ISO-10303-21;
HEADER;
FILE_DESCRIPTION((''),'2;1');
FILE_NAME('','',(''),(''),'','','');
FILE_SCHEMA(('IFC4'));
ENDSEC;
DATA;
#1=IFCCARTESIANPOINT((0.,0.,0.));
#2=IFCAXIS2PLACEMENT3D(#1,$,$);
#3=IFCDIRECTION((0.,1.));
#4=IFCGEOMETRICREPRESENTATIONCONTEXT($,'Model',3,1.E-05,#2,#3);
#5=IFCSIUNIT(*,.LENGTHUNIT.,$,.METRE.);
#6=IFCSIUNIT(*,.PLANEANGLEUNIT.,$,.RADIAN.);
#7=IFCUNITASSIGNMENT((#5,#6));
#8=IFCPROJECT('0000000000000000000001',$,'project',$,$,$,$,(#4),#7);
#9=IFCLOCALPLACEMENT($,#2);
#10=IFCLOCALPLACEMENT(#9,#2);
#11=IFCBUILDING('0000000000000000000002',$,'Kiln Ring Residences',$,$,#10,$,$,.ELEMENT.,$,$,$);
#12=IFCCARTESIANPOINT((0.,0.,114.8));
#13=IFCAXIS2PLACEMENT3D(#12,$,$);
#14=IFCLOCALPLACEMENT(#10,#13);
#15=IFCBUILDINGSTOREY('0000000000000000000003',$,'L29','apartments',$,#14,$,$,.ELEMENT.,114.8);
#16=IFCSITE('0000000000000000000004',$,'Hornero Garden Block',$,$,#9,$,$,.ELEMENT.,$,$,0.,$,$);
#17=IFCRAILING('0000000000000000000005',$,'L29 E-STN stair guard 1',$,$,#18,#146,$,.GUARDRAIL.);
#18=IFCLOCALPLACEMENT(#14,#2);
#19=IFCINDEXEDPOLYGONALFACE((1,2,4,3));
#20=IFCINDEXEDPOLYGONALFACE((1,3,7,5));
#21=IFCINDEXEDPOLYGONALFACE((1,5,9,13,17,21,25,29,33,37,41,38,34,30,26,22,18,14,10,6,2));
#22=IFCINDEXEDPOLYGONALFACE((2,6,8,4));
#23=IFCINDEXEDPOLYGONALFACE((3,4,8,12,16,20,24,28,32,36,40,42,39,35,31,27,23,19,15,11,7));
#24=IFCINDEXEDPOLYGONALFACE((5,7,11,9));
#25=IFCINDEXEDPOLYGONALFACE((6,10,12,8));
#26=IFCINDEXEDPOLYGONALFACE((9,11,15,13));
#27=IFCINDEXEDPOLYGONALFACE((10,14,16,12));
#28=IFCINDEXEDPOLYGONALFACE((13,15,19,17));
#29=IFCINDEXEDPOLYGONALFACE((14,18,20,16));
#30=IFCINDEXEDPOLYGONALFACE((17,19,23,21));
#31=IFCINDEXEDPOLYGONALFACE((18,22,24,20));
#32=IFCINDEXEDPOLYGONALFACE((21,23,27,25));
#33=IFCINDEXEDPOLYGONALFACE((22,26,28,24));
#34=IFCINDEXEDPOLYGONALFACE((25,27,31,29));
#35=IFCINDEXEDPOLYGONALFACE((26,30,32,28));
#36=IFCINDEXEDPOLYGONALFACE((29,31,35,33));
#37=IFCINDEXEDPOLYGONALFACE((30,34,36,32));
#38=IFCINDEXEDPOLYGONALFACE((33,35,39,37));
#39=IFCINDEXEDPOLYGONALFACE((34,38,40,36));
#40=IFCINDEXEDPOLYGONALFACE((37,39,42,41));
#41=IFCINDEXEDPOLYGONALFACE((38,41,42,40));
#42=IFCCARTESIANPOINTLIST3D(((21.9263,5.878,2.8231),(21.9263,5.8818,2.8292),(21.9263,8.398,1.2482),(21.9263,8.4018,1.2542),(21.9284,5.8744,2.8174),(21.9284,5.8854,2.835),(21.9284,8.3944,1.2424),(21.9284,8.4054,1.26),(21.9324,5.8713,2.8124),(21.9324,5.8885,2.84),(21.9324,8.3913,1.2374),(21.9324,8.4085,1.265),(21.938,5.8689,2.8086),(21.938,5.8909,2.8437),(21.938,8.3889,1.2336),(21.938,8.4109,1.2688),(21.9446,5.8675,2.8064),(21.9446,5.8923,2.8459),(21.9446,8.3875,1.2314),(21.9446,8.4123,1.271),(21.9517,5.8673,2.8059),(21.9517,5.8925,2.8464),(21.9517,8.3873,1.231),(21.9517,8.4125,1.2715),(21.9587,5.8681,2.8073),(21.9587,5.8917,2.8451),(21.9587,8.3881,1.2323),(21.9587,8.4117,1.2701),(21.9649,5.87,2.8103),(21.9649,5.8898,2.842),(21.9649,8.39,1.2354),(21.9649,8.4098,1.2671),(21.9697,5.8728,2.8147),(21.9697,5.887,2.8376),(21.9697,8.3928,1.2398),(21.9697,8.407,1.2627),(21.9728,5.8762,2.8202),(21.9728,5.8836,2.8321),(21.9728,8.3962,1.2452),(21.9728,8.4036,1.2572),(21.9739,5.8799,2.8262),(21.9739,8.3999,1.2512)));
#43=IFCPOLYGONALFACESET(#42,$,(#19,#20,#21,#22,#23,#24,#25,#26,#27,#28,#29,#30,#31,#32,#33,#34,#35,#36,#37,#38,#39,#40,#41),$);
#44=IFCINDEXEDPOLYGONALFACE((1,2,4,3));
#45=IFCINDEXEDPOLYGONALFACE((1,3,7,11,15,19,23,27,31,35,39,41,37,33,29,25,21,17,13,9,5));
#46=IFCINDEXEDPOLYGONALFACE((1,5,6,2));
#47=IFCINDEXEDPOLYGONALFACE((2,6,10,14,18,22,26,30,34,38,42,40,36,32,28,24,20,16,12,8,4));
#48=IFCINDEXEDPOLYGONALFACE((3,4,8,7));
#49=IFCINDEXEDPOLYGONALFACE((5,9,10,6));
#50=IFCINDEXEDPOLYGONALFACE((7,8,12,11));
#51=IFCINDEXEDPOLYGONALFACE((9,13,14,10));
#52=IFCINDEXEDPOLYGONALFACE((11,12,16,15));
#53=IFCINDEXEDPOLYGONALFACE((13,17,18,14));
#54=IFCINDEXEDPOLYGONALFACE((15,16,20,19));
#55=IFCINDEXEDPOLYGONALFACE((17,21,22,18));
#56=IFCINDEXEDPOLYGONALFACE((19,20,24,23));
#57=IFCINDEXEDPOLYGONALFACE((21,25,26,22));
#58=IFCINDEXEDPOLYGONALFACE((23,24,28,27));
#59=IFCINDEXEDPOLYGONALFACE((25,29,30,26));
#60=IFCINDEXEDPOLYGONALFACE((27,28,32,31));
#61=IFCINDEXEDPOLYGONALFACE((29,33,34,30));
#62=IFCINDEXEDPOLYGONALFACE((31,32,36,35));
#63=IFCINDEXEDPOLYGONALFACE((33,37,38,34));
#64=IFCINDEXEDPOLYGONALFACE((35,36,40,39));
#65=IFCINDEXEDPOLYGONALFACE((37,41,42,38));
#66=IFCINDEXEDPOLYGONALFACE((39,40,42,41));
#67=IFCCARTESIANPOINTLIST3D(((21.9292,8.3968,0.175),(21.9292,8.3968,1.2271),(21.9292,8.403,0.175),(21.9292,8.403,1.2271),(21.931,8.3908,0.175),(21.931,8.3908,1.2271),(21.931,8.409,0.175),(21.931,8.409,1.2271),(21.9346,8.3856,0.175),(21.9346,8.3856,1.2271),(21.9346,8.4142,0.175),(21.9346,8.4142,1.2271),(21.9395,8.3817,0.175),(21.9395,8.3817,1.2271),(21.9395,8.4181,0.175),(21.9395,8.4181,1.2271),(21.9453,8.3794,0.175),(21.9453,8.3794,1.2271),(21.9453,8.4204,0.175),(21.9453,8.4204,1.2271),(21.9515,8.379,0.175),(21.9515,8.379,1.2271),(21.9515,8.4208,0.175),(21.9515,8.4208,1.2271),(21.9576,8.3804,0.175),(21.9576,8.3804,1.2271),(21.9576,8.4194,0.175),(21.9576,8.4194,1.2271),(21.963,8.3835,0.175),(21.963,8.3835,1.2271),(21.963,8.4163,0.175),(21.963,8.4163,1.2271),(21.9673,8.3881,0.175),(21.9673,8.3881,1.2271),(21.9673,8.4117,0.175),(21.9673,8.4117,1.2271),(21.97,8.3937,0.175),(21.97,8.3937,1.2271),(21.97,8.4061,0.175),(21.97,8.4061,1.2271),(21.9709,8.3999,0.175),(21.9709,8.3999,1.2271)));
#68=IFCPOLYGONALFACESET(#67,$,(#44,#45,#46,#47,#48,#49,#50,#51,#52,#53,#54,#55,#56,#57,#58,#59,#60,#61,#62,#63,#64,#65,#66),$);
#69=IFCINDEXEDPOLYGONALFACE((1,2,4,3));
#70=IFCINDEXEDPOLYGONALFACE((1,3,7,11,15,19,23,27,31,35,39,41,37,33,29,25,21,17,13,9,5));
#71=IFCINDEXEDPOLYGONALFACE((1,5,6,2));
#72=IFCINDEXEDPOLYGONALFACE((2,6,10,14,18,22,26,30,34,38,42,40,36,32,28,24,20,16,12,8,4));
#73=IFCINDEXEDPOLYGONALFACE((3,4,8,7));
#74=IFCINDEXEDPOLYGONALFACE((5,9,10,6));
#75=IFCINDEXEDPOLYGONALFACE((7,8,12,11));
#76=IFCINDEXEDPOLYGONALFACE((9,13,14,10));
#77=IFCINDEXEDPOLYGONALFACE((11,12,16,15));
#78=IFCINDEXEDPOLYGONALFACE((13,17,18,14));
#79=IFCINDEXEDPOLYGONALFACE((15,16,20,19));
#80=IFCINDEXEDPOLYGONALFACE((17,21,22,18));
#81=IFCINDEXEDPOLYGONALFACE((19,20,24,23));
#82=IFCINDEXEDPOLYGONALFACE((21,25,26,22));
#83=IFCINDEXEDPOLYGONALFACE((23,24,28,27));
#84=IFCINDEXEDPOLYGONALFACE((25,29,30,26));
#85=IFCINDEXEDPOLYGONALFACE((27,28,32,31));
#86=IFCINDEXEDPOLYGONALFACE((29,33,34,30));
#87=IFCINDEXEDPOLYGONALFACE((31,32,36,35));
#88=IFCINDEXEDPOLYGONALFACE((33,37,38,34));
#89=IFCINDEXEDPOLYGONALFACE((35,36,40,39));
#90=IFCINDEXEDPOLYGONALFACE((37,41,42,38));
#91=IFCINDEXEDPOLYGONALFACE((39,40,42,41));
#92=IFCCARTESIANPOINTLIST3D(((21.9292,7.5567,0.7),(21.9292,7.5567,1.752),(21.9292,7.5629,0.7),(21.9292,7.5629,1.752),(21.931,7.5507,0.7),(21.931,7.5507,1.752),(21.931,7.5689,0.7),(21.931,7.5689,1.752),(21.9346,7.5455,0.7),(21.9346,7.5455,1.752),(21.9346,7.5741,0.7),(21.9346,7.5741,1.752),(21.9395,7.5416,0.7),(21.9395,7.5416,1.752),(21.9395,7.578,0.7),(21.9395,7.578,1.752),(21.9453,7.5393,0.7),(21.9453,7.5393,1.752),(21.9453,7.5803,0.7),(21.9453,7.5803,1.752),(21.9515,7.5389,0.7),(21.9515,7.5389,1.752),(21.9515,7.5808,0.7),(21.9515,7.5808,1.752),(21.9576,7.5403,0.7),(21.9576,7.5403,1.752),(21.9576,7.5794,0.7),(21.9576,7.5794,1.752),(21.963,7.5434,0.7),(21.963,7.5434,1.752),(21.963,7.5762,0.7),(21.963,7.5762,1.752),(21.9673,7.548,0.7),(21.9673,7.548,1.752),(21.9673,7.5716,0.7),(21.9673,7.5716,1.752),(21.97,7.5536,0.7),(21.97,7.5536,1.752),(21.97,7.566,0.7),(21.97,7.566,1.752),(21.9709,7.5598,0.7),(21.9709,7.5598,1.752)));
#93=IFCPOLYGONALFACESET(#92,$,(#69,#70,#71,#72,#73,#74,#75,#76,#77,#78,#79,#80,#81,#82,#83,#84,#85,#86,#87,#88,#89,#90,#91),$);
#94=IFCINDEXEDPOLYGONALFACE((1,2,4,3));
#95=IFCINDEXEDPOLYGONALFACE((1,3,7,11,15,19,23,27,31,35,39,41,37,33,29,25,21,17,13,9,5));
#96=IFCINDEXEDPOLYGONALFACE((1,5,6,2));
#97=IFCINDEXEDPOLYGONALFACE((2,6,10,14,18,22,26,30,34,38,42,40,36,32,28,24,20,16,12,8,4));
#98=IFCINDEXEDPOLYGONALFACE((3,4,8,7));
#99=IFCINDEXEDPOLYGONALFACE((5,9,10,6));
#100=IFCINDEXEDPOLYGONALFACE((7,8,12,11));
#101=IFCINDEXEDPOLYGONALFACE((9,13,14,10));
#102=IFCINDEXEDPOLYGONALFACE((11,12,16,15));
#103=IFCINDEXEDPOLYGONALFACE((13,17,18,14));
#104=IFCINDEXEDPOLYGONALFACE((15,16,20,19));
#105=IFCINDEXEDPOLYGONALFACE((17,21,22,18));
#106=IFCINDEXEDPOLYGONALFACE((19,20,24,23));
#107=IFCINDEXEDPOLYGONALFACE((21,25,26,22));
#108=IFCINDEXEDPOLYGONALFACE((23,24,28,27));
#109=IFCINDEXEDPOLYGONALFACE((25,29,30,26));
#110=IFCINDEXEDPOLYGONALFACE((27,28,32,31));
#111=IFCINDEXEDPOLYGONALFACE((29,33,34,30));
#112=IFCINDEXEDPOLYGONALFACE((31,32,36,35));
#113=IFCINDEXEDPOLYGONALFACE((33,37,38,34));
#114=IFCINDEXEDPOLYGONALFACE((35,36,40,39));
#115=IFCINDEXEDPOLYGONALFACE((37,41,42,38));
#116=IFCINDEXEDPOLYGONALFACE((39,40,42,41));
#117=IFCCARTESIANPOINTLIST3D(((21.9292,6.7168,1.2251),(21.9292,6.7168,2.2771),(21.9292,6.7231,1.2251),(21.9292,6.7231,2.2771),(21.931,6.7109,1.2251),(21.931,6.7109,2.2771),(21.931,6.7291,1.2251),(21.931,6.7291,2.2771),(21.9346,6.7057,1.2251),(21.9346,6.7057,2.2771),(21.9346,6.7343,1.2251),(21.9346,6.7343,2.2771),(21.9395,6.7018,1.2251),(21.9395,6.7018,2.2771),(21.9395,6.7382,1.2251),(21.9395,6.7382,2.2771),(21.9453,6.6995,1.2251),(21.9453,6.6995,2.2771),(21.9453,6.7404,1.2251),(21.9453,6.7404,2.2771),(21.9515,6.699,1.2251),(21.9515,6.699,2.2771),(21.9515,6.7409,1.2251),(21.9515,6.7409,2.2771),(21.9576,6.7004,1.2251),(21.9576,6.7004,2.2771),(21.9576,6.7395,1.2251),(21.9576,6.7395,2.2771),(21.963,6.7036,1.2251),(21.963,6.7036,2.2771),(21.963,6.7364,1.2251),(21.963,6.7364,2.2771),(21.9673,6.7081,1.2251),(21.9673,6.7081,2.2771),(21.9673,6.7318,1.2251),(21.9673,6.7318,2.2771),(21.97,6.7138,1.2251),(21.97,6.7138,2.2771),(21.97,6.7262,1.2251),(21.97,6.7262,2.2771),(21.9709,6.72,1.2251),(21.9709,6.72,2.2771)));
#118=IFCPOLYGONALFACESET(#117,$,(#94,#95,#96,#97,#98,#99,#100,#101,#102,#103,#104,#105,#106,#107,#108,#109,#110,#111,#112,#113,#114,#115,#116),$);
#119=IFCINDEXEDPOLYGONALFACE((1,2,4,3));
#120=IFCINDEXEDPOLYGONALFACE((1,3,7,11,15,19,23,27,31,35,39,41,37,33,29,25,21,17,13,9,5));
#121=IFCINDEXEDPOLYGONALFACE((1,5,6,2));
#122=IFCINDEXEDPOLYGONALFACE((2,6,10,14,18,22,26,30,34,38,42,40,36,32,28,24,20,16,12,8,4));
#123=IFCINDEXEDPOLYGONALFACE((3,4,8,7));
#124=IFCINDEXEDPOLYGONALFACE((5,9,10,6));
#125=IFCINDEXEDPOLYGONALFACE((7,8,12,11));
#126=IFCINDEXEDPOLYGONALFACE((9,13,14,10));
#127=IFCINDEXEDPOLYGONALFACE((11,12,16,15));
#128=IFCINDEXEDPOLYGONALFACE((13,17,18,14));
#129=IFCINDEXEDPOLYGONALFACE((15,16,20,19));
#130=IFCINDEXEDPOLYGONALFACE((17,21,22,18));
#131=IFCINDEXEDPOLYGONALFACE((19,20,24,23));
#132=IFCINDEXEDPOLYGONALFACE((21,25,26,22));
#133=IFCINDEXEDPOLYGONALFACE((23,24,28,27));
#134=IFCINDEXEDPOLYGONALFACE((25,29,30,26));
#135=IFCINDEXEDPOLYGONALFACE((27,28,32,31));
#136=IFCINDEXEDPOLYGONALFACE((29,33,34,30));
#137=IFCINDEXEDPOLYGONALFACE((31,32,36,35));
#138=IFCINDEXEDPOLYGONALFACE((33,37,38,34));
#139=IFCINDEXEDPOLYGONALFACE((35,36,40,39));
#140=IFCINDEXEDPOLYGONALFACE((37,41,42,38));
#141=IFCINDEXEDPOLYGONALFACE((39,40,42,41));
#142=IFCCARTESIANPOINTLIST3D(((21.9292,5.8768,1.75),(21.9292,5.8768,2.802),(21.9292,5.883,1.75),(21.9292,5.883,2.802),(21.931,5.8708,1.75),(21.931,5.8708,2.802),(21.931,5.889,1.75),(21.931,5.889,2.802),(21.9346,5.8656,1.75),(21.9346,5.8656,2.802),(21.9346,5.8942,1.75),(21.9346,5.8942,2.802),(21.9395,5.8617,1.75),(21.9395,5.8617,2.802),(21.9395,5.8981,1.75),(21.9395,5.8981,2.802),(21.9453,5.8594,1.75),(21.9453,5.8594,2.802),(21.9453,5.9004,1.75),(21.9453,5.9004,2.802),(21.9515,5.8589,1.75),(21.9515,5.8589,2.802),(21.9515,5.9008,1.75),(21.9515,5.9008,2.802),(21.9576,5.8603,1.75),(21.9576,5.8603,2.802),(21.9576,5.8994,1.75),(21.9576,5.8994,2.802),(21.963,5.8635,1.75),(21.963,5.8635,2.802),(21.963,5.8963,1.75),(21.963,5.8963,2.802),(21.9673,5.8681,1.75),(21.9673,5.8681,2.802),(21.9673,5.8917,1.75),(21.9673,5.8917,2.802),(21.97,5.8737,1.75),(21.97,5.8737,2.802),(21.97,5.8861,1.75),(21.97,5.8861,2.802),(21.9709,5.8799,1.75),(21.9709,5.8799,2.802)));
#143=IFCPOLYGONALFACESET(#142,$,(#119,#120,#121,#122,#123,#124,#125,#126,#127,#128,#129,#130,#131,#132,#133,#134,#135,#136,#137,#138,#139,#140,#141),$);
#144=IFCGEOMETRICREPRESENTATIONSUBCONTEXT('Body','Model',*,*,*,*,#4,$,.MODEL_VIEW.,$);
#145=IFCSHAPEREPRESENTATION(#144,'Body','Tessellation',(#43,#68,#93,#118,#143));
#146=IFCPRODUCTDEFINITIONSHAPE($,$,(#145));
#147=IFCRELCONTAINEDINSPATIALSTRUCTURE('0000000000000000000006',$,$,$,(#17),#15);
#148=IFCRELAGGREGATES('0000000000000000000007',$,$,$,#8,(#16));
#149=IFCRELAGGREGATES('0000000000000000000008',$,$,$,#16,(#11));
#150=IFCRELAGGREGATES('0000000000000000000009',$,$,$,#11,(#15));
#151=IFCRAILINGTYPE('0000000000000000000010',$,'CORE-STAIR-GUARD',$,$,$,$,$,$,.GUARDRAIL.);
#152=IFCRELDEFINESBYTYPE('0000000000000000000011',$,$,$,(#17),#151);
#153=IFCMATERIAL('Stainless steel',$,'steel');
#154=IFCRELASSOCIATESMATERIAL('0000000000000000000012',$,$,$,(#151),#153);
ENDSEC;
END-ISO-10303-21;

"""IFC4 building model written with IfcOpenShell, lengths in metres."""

from ifc_helpers import new_model, si_unit, direction, frame, origin, origin_2d, place, context, subcontext, project, spatial, circle, extrude, material, type_object, element, save


model = new_model("IFC4")

# Units and contexts
model_context = context("Model", 3, precision=1e-05, world=origin(), true_north=direction((0.0, 1.0)))
body_context = subcontext(model_context, "Body", "Model", "MODEL_VIEW")
ifc_project = project(units=[si_unit("LENGTHUNIT", "METRE"), si_unit("PLANEANGLEUNIT", "RADIAN")], contexts=[model_context])

# Site, building, storey
site_placement = place(None, origin())
site = spatial("IfcSite", under=ifc_project, at=site_placement, Name="Hornero Garden Block", CompositionType="ELEMENT", RefElevation=0.0)
building_placement = place(site_placement, origin())
building = spatial("IfcBuilding", under=site, at=building_placement, Name="Kiln Ring Residences", CompositionType="ELEMENT")
storey_placement = place(building_placement, frame((0.0, 0.0, 114.8)))
storey = spatial("IfcBuildingStorey", under=building, at=storey_placement, Name="L29", Description="apartments", CompositionType="ELEMENT", Elevation=114.8)

# Railing
ifc_material_1 = material(Name="Stainless steel", Category="steel")
railing_type_1 = type_object("IfcRailingType", Name="CORE-STAIR-GUARD", PredefinedType="GUARDRAIL", material=ifc_material_1)
railing_1_placement = place(storey_placement, frame((21.95, 8.3999, 0.175)))
element("IfcRailing", 1, at=railing_1_placement, inside=storey, type_object=railing_type_1, Name="L29 E-STN stair guard 1", PredefinedType="GUARDRAIL", context=body_context, shape_type="SweptSolid", body=[
    extrude(circle(Radius=0.0239, at=origin_2d()), frame((0.0, 0.0, 1.0762), z_axis=(0.0, -0.848008, 0.529984), x_axis=(1.0, 0.0, 0.0)), (0.0, 0.0, 1.0), 2.9717),
    extrude(circle(Radius=0.021, at=origin_2d()), origin(), (0.0, 0.0, 1.0), 1.052),
    extrude(circle(Radius=0.021, at=origin_2d()), frame((0.0, -0.8401, 0.5249)), (0.0, 0.0, 1.0), 1.052),
    extrude(circle(Radius=0.021, at=origin_2d()), frame((0.0, -1.6799, 1.05)), (0.0, 0.0, 1.0), 1.052),
    extrude(circle(Radius=0.021, at=origin_2d()), frame((0.0, -2.52, 1.575)), (0.0, 0.0, 1.0), 1.052),
])

save(model, "model.ifc")
